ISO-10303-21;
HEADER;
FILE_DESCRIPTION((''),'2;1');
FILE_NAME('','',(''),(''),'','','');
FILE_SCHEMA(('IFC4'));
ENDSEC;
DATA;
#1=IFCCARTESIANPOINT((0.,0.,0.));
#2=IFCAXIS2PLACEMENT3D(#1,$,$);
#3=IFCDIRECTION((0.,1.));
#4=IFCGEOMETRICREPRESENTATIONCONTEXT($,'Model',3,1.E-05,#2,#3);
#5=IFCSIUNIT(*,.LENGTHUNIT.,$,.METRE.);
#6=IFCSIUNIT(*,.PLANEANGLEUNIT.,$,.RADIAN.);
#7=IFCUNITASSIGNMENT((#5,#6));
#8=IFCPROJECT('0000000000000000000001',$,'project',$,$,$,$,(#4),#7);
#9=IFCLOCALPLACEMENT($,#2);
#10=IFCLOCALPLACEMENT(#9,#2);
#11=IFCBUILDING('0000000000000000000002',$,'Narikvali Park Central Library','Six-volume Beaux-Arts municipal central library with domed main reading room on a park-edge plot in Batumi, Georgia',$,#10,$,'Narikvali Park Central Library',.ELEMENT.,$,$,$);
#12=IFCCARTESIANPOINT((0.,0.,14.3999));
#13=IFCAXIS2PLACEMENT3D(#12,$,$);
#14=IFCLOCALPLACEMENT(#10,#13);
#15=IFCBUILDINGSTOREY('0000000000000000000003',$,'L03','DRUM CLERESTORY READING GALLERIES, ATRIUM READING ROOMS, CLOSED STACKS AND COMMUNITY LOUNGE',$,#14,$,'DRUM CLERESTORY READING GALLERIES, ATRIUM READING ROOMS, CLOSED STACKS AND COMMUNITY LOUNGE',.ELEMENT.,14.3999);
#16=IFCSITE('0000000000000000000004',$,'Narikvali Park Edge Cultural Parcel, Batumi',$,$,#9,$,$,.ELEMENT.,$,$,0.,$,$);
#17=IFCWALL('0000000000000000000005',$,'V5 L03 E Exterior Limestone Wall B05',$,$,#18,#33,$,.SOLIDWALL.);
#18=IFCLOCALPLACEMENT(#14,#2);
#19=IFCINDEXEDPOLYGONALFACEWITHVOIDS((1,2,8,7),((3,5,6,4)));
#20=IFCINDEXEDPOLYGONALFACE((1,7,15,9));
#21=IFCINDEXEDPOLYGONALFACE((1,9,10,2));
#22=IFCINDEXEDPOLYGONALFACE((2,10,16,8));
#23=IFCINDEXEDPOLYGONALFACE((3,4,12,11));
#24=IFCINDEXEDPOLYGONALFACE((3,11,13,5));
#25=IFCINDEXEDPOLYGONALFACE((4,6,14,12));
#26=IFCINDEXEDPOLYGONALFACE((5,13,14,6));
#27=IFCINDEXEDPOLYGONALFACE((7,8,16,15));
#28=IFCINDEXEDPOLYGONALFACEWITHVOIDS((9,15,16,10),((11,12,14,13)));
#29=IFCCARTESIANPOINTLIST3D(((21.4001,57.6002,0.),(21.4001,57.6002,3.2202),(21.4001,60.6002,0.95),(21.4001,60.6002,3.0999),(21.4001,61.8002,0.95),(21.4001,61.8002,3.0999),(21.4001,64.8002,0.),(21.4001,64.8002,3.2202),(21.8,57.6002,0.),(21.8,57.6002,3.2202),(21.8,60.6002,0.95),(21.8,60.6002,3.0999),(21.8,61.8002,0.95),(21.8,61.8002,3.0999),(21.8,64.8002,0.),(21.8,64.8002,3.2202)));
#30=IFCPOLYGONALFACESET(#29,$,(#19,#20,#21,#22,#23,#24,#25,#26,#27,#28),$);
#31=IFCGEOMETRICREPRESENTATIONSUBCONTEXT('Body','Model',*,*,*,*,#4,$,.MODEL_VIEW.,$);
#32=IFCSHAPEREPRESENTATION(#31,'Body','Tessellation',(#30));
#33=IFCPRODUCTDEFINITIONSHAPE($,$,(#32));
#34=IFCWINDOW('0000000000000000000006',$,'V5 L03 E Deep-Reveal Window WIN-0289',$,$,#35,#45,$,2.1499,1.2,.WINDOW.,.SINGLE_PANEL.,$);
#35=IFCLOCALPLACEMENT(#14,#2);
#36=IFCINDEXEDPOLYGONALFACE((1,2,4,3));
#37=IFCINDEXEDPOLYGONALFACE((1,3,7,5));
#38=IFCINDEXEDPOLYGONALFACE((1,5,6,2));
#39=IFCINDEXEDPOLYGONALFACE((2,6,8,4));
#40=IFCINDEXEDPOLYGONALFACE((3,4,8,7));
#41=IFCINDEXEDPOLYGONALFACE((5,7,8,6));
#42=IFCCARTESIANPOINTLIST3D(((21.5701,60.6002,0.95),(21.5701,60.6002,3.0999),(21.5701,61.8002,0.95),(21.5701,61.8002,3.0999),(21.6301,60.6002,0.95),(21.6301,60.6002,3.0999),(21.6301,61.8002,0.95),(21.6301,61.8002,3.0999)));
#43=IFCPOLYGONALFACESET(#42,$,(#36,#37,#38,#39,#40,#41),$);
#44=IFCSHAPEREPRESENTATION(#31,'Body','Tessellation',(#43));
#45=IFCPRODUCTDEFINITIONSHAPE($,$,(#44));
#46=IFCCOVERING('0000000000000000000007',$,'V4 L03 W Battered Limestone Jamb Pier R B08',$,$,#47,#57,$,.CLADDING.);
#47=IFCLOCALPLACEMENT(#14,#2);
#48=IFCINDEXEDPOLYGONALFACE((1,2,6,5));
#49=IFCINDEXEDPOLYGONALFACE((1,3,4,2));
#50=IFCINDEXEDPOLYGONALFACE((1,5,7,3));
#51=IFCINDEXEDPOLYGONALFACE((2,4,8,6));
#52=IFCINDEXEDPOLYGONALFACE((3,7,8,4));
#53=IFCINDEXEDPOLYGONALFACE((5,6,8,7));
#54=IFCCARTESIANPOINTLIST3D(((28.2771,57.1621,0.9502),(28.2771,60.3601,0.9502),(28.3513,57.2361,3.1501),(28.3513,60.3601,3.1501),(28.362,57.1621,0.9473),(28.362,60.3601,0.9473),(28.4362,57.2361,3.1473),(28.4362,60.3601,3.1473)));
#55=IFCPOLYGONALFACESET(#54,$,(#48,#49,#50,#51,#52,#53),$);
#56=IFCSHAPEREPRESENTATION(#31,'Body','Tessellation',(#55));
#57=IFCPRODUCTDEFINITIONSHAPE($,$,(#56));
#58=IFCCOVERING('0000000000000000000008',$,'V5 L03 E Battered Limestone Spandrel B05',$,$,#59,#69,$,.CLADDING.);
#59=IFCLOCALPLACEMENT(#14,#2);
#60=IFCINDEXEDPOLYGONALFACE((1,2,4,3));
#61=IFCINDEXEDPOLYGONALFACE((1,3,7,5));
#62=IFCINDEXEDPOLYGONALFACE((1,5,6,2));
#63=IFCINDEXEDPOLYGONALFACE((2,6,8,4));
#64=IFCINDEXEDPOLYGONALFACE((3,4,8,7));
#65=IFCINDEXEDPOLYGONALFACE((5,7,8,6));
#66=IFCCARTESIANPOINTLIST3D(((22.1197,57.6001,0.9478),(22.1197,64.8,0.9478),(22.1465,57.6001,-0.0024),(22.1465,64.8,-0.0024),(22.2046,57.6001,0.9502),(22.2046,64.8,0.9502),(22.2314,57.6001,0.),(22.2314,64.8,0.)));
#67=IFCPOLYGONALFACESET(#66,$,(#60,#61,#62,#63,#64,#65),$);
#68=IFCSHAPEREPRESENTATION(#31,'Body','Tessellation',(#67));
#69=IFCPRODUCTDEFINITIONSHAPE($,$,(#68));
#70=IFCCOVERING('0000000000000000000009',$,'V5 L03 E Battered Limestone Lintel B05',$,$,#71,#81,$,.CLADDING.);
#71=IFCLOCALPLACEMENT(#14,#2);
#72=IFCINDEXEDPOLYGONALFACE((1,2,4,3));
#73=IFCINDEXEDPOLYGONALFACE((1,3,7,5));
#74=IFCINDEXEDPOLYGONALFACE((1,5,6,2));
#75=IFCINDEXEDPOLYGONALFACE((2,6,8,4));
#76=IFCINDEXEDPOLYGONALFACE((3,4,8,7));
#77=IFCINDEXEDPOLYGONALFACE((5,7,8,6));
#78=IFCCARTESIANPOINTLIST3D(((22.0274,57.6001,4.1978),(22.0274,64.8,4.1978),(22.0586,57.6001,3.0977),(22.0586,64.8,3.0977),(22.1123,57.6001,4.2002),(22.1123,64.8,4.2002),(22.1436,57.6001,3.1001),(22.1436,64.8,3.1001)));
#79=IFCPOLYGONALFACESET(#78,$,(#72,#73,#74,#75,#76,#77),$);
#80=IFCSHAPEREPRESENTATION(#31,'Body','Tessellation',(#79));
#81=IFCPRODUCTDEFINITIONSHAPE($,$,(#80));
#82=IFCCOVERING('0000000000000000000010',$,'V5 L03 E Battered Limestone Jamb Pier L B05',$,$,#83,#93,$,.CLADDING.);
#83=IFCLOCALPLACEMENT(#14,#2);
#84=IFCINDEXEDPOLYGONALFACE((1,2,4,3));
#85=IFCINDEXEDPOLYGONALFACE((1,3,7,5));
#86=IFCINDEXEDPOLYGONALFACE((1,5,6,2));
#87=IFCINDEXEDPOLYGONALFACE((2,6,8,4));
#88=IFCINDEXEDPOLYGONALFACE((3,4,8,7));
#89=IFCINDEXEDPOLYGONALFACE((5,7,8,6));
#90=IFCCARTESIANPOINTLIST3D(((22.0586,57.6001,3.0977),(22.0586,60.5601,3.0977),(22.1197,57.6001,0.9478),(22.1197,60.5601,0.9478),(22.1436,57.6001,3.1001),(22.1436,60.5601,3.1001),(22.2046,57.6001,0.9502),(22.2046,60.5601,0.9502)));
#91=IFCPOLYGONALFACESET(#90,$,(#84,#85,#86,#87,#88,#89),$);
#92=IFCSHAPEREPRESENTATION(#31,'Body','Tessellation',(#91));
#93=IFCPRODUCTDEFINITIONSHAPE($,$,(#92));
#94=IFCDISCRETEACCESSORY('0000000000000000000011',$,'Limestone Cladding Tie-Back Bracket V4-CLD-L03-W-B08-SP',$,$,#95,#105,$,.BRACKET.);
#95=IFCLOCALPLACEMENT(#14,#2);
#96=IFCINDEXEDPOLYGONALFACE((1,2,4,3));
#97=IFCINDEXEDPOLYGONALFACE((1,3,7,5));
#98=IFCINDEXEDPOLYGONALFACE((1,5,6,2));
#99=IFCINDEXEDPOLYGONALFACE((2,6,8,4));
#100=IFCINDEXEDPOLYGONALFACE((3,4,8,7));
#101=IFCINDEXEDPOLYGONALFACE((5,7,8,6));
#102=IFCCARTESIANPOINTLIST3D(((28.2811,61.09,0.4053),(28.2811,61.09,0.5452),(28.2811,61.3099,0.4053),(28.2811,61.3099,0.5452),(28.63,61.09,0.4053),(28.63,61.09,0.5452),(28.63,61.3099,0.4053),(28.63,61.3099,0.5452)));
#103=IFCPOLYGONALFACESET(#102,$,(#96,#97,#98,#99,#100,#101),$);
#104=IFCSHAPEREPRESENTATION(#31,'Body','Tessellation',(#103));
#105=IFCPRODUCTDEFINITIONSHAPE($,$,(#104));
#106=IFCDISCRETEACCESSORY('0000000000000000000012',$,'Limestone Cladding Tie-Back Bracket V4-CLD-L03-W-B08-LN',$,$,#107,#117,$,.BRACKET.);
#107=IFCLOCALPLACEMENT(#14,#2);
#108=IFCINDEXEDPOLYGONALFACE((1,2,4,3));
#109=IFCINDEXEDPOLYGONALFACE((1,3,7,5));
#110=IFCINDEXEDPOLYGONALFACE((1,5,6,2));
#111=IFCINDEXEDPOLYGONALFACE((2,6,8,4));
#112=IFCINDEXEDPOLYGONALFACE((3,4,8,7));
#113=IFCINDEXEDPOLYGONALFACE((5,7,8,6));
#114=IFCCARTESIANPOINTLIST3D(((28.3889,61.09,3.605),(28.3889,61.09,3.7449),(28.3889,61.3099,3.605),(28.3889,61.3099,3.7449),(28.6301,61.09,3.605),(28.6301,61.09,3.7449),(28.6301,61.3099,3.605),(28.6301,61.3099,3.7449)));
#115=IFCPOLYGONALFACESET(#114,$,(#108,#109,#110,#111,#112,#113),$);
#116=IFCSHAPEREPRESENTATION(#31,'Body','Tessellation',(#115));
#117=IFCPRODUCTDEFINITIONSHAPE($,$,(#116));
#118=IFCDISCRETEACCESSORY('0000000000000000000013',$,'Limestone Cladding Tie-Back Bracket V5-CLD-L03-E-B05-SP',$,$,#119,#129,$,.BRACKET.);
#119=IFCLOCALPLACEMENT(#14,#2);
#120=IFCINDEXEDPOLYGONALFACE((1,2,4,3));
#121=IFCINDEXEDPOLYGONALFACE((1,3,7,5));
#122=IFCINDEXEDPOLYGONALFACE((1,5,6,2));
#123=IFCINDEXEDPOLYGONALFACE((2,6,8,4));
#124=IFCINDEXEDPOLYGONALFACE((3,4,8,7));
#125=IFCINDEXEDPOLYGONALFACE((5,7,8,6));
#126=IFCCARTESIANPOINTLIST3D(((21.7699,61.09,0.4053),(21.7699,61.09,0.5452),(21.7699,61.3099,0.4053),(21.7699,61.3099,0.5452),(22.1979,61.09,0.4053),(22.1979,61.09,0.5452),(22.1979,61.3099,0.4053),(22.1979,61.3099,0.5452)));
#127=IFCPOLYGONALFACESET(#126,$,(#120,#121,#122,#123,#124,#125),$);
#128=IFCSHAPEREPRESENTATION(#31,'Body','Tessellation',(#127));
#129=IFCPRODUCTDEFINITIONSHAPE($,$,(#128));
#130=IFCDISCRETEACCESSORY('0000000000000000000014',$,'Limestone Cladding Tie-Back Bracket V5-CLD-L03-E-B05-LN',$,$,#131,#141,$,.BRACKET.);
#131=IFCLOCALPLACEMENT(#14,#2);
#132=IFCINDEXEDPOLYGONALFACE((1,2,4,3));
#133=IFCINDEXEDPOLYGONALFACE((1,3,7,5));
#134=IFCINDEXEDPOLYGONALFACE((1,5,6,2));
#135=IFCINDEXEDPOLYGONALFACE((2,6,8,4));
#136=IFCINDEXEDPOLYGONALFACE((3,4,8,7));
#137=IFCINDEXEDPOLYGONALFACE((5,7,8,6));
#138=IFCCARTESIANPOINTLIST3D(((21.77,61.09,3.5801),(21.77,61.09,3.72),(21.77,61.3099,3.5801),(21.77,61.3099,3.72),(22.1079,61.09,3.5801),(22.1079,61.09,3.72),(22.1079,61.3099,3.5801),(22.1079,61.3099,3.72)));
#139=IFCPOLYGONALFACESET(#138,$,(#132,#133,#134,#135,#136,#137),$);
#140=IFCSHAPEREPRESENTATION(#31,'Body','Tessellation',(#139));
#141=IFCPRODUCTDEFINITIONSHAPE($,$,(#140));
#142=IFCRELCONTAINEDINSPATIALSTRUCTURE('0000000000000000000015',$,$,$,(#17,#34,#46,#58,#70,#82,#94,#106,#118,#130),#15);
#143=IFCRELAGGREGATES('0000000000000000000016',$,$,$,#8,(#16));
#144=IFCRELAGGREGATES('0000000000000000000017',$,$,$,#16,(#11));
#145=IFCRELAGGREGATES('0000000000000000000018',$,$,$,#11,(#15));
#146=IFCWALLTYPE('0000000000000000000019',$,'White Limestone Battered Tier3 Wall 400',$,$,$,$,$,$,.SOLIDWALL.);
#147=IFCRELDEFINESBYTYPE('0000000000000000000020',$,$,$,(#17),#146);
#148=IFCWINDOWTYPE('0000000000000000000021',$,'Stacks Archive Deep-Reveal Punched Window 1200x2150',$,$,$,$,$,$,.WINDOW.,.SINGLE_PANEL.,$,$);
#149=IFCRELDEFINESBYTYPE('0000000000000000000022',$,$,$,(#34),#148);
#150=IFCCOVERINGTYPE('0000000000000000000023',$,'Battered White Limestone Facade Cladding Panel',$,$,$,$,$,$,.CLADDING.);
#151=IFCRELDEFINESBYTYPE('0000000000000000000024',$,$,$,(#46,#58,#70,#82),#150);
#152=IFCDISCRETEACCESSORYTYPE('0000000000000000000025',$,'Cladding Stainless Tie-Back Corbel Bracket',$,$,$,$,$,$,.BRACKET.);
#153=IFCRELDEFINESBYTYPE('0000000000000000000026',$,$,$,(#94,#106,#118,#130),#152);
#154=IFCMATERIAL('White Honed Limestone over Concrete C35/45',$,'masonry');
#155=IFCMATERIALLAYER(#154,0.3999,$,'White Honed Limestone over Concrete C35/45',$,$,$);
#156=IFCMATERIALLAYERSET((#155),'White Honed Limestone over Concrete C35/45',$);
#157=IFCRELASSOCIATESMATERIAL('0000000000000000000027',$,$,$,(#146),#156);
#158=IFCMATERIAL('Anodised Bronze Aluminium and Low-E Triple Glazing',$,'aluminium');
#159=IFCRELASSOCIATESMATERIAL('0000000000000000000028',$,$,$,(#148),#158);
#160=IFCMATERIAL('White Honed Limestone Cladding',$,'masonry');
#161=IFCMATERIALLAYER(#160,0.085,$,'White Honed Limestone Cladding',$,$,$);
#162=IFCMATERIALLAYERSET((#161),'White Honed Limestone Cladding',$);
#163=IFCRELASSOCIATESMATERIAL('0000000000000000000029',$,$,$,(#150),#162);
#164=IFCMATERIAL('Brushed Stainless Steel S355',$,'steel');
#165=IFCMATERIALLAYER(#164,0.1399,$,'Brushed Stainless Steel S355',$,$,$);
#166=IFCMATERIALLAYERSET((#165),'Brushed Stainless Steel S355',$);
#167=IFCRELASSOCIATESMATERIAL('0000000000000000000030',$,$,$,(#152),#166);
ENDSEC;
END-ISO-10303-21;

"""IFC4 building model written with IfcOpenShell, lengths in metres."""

from ifc_helpers import new_model, si_unit, direction, frame, frame_2d, origin, origin_2d, place, context, subcontext, project, spatial, polyline, rectangle, outline, extrude, material, layer, layer_set, type_object, element, fill, save


model = new_model("IFC4")

# Units and contexts
model_context = context("Model", 3, precision=1e-05, world=origin(), true_north=direction((0.0, 1.0)))
body_context = subcontext(model_context, "Body", "Model", "MODEL_VIEW")
ifc_project = project(units=[si_unit("LENGTHUNIT", "METRE"), si_unit("PLANEANGLEUNIT", "RADIAN")], contexts=[model_context])

# Site, building, storey
site_placement = place(None, origin())
site = spatial("IfcSite", under=ifc_project, at=site_placement, Name="Narikvali Park Edge Cultural Parcel, Batumi", CompositionType="ELEMENT", RefElevation=0.0)
building_placement = place(site_placement, origin())
building = spatial("IfcBuilding", under=site, at=building_placement, Name="Narikvali Park Central Library", Description="Six-volume Beaux-Arts municipal central library with domed main reading room on a park-edge plot in Batumi, Georgia", LongName="Narikvali Park Central Library", CompositionType="ELEMENT")
storey_placement = place(building_placement, frame((0.0, 0.0, 14.3999)))
storey = spatial("IfcBuildingStorey", under=building, at=storey_placement, Name="L03", Description="DRUM CLERESTORY READING GALLERIES, ATRIUM READING ROOMS, CLOSED STACKS AND COMMUNITY LOUNGE", LongName="DRUM CLERESTORY READING GALLERIES, ATRIUM READING ROOMS, CLOSED STACKS AND COMMUNITY LOUNGE", CompositionType="ELEMENT", Elevation=14.3999)

# Shared definitions
ifc_material_1 = material(Name="White Honed Limestone over Concrete C35/45", Category="masonry")
ifc_layer_1 = layer(ifc_material_1, 0.3999, Name="White Honed Limestone over Concrete C35/45")
ifc_layer_set_1 = layer_set([ifc_layer_1], Name="White Honed Limestone over Concrete C35/45")
wall_type = type_object("IfcWallType", Name="White Limestone Battered Tier3 Wall 400", PredefinedType="SOLIDWALL", material=ifc_layer_set_1)

# Wall, opening, window
wall_1_placement = place(storey_placement, frame((21.6001, 57.6001, 0.0), z_axis=(0.0, 0.0, 1.0), x_axis=(0.0, 1.0, 0.0)))
wall_1 = element("IfcWall", 1, at=wall_1_placement, inside=storey, type_object=wall_type, Name="V5 L03 E Exterior Limestone Wall B05", PredefinedType="SOLIDWALL", context=body_context, shape_type="SweptSolid", body=[
    extrude(rectangle(XDim=7.2, YDim=0.3999, at=frame_2d((3.6001, 0.0))), origin(), (0.0, 0.0, 1.0), 3.2202),
])
opening_placement = place(wall_1_placement, frame((3.0, 0.0, 0.95)))
opening = element("IfcOpeningElement", 2, at=opening_placement, cuts=wall_1, PredefinedType="OPENING", context=body_context, shape_type="SweptSolid", body=[
    extrude(rectangle(XDim=1.2, YDim=2.1499, at=frame_2d((0.6001, 1.075))), frame((0.0, 0.2119, 0.0), z_axis=(0.0, -1.0, 0.0), x_axis=(1.0, 0.0, 0.0)), (0.0, 0.0, 1.0), 0.4238),
])
ifc_material_2 = material(Name="Anodised Bronze Aluminium and Low-E Triple Glazing", Category="aluminium")
window_type = type_object("IfcWindowType", Name="Stacks Archive Deep-Reveal Punched Window 1200x2150", PartitioningType="SINGLE_PANEL", PredefinedType="WINDOW", material=ifc_material_2)
window_placement = place(opening_placement, origin())
window = element("IfcWindow", 3, at=window_placement, inside=storey, type_object=window_type, Name="V5 L03 E Deep-Reveal Window WIN-0289", OverallHeight=2.1499, OverallWidth=1.2, PartitioningType="SINGLE_PANEL", PredefinedType="WINDOW", context=body_context, shape_type="SweptSolid", body=[
    extrude(rectangle(XDim=1.2, YDim=2.1499, at=frame_2d((0.6001, 1.075))), frame((0.0, 0.03, 0.0), z_axis=(0.0, -1.0, 0.0), x_axis=(1.0, 0.0, 0.0)), (0.0, 0.0, 1.0), 0.0601),
])
fill(opening, window)

# Coverings
ifc_material_3 = material(Name="White Honed Limestone Cladding", Category="masonry")
ifc_layer_2 = layer(ifc_material_3, 0.085, Name="White Honed Limestone Cladding")
ifc_layer_set_2 = layer_set([ifc_layer_2], Name="White Honed Limestone Cladding")
covering_type = type_object("IfcCoveringType", Name="Battered White Limestone Facade Cladding Panel", PredefinedType="CLADDING", material=ifc_layer_set_2)
covering_1_placement = place(storey_placement, frame((28.2771, 60.3601, 0.9502), z_axis=(-0.999431, 0.0, 0.033717), x_axis=(0.0, -1.0, 0.0)))
element("IfcCovering", 4, at=covering_1_placement, inside=storey, type_object=covering_type, Name="V4 L03 W Battered Limestone Jamb Pier R B08", PredefinedType="CLADDING", context=body_context, shape_type="SweptSolid", body=[
    extrude(outline(polyline([(0.0, 0.0), (3.198, 0.0), (3.124, 2.2012), (0.0, 2.2012), (0.0, 0.0)])), origin(), (0.0, 0.0, -1.0), 0.085),
])
covering_2_placement = place(storey_placement, frame((22.2314, 57.6001, 0.0), z_axis=(0.999601, 0.0, 0.028252), x_axis=(0.0, 1.0, 0.0)))
element("IfcCovering", 5, at=covering_2_placement, inside=storey, type_object=covering_type, Name="V5 L03 E Battered Limestone Spandrel B05", PredefinedType="CLADDING", context=body_context, shape_type="SweptSolid", body=[
    extrude(outline(polyline([(0.0, 0.0), (7.2, 0.0), (7.2, 0.9506), (0.0, 0.9506), (0.0, 0.0)])), origin(), (0.0, 0.0, -1.0), 0.085),
])
covering_3_placement = place(storey_placement, frame((22.1436, 57.6001, 3.1001), z_axis=(0.999597, 0.0, 0.028395), x_axis=(0.0, 1.0, 0.0)))
element("IfcCovering", 6, at=covering_3_placement, inside=storey, type_object=covering_type, Name="V5 L03 E Battered Limestone Lintel B05", PredefinedType="CLADDING", context=body_context, shape_type="SweptSolid", body=[
    extrude(outline(polyline([(0.0, 0.0), (7.2, 0.0), (7.2, 1.1005), (0.0, 1.1005), (0.0, 0.0)])), origin(), (0.0, 0.0, -1.0), 0.085),
])
covering_4_placement = place(storey_placement, frame((22.2046, 57.6001, 0.9502), z_axis=(0.999597, 0.0, 0.028378), x_axis=(0.0, 1.0, 0.0)))
element("IfcCovering", 7, at=covering_4_placement, inside=storey, type_object=covering_type, Name="V5 L03 E Battered Limestone Jamb Pier L B05", PredefinedType="CLADDING", context=body_context, shape_type="SweptSolid", body=[
    extrude(outline(polyline([(0.0, 0.0), (2.96, 0.0), (2.96, 2.1508), (0.0, 2.1508), (0.0, 0.0)])), origin(), (0.0, 0.0, -1.0), 0.085),
])

# Discrete accessories
ifc_material_4 = material(Name="Brushed Stainless Steel S355", Category="steel")
ifc_layer_3 = layer(ifc_material_4, 0.1399, Name="Brushed Stainless Steel S355")
ifc_layer_set_3 = layer_set([ifc_layer_3], Name="Brushed Stainless Steel S355")
discrete_accessory_type = type_object("IfcDiscreteAccessoryType", Name="Cladding Stainless Tie-Back Corbel Bracket", PredefinedType="BRACKET", material=ifc_layer_set_3)
discrete_accessory_1_placement = place(storey_placement, frame((28.4556, 61.2, 0.4053), z_axis=(0.0, 0.0, 1.0), x_axis=(1.0, 0.0, 0.0)))
element("IfcDiscreteAccessory", 8, at=discrete_accessory_1_placement, inside=storey, type_object=discrete_accessory_type, Name="Limestone Cladding Tie-Back Bracket V4-CLD-L03-W-B08-SP", PredefinedType="BRACKET", context=body_context, shape_type="SweptSolid", body=[
    extrude(rectangle(XDim=0.3489, YDim=0.22, at=origin_2d()), origin(), (0.0, 0.0, 1.0), 0.1399),
])
discrete_accessory_2_placement = place(storey_placement, frame((28.5095, 61.2, 3.605), z_axis=(0.0, 0.0, 1.0), x_axis=(1.0, 0.0, 0.0)))
element("IfcDiscreteAccessory", 9, at=discrete_accessory_2_placement, inside=storey, type_object=discrete_accessory_type, Name="Limestone Cladding Tie-Back Bracket V4-CLD-L03-W-B08-LN", PredefinedType="BRACKET", context=body_context, shape_type="SweptSolid", body=[
    extrude(rectangle(XDim=0.2412, YDim=0.22, at=origin_2d()), origin(), (0.0, 0.0, 1.0), 0.1399),
])
discrete_accessory_3_placement = place(storey_placement, frame((21.9839, 61.2, 0.4053), z_axis=(0.0, 0.0, 1.0), x_axis=(1.0, 0.0, 0.0)))
element("IfcDiscreteAccessory", 10, at=discrete_accessory_3_placement, inside=storey, type_object=discrete_accessory_type, Name="Limestone Cladding Tie-Back Bracket V5-CLD-L03-E-B05-SP", PredefinedType="BRACKET", context=body_context, shape_type="SweptSolid", body=[
    extrude(rectangle(XDim=0.428, YDim=0.22, at=origin_2d()), origin(), (0.0, 0.0, 1.0), 0.1399),
])
discrete_accessory_4_placement = place(storey_placement, frame((21.939, 61.2, 3.5801), z_axis=(0.0, 0.0, 1.0), x_axis=(1.0, 0.0, 0.0)))
element("IfcDiscreteAccessory", 11, at=discrete_accessory_4_placement, inside=storey, type_object=discrete_accessory_type, Name="Limestone Cladding Tie-Back Bracket V5-CLD-L03-E-B05-LN", PredefinedType="BRACKET", context=body_context, shape_type="SweptSolid", body=[
    extrude(rectangle(XDim=0.3379, YDim=0.22, at=origin_2d()), origin(), (0.0, 0.0, 1.0), 0.1399),
])

save(model, "model.ifc")
